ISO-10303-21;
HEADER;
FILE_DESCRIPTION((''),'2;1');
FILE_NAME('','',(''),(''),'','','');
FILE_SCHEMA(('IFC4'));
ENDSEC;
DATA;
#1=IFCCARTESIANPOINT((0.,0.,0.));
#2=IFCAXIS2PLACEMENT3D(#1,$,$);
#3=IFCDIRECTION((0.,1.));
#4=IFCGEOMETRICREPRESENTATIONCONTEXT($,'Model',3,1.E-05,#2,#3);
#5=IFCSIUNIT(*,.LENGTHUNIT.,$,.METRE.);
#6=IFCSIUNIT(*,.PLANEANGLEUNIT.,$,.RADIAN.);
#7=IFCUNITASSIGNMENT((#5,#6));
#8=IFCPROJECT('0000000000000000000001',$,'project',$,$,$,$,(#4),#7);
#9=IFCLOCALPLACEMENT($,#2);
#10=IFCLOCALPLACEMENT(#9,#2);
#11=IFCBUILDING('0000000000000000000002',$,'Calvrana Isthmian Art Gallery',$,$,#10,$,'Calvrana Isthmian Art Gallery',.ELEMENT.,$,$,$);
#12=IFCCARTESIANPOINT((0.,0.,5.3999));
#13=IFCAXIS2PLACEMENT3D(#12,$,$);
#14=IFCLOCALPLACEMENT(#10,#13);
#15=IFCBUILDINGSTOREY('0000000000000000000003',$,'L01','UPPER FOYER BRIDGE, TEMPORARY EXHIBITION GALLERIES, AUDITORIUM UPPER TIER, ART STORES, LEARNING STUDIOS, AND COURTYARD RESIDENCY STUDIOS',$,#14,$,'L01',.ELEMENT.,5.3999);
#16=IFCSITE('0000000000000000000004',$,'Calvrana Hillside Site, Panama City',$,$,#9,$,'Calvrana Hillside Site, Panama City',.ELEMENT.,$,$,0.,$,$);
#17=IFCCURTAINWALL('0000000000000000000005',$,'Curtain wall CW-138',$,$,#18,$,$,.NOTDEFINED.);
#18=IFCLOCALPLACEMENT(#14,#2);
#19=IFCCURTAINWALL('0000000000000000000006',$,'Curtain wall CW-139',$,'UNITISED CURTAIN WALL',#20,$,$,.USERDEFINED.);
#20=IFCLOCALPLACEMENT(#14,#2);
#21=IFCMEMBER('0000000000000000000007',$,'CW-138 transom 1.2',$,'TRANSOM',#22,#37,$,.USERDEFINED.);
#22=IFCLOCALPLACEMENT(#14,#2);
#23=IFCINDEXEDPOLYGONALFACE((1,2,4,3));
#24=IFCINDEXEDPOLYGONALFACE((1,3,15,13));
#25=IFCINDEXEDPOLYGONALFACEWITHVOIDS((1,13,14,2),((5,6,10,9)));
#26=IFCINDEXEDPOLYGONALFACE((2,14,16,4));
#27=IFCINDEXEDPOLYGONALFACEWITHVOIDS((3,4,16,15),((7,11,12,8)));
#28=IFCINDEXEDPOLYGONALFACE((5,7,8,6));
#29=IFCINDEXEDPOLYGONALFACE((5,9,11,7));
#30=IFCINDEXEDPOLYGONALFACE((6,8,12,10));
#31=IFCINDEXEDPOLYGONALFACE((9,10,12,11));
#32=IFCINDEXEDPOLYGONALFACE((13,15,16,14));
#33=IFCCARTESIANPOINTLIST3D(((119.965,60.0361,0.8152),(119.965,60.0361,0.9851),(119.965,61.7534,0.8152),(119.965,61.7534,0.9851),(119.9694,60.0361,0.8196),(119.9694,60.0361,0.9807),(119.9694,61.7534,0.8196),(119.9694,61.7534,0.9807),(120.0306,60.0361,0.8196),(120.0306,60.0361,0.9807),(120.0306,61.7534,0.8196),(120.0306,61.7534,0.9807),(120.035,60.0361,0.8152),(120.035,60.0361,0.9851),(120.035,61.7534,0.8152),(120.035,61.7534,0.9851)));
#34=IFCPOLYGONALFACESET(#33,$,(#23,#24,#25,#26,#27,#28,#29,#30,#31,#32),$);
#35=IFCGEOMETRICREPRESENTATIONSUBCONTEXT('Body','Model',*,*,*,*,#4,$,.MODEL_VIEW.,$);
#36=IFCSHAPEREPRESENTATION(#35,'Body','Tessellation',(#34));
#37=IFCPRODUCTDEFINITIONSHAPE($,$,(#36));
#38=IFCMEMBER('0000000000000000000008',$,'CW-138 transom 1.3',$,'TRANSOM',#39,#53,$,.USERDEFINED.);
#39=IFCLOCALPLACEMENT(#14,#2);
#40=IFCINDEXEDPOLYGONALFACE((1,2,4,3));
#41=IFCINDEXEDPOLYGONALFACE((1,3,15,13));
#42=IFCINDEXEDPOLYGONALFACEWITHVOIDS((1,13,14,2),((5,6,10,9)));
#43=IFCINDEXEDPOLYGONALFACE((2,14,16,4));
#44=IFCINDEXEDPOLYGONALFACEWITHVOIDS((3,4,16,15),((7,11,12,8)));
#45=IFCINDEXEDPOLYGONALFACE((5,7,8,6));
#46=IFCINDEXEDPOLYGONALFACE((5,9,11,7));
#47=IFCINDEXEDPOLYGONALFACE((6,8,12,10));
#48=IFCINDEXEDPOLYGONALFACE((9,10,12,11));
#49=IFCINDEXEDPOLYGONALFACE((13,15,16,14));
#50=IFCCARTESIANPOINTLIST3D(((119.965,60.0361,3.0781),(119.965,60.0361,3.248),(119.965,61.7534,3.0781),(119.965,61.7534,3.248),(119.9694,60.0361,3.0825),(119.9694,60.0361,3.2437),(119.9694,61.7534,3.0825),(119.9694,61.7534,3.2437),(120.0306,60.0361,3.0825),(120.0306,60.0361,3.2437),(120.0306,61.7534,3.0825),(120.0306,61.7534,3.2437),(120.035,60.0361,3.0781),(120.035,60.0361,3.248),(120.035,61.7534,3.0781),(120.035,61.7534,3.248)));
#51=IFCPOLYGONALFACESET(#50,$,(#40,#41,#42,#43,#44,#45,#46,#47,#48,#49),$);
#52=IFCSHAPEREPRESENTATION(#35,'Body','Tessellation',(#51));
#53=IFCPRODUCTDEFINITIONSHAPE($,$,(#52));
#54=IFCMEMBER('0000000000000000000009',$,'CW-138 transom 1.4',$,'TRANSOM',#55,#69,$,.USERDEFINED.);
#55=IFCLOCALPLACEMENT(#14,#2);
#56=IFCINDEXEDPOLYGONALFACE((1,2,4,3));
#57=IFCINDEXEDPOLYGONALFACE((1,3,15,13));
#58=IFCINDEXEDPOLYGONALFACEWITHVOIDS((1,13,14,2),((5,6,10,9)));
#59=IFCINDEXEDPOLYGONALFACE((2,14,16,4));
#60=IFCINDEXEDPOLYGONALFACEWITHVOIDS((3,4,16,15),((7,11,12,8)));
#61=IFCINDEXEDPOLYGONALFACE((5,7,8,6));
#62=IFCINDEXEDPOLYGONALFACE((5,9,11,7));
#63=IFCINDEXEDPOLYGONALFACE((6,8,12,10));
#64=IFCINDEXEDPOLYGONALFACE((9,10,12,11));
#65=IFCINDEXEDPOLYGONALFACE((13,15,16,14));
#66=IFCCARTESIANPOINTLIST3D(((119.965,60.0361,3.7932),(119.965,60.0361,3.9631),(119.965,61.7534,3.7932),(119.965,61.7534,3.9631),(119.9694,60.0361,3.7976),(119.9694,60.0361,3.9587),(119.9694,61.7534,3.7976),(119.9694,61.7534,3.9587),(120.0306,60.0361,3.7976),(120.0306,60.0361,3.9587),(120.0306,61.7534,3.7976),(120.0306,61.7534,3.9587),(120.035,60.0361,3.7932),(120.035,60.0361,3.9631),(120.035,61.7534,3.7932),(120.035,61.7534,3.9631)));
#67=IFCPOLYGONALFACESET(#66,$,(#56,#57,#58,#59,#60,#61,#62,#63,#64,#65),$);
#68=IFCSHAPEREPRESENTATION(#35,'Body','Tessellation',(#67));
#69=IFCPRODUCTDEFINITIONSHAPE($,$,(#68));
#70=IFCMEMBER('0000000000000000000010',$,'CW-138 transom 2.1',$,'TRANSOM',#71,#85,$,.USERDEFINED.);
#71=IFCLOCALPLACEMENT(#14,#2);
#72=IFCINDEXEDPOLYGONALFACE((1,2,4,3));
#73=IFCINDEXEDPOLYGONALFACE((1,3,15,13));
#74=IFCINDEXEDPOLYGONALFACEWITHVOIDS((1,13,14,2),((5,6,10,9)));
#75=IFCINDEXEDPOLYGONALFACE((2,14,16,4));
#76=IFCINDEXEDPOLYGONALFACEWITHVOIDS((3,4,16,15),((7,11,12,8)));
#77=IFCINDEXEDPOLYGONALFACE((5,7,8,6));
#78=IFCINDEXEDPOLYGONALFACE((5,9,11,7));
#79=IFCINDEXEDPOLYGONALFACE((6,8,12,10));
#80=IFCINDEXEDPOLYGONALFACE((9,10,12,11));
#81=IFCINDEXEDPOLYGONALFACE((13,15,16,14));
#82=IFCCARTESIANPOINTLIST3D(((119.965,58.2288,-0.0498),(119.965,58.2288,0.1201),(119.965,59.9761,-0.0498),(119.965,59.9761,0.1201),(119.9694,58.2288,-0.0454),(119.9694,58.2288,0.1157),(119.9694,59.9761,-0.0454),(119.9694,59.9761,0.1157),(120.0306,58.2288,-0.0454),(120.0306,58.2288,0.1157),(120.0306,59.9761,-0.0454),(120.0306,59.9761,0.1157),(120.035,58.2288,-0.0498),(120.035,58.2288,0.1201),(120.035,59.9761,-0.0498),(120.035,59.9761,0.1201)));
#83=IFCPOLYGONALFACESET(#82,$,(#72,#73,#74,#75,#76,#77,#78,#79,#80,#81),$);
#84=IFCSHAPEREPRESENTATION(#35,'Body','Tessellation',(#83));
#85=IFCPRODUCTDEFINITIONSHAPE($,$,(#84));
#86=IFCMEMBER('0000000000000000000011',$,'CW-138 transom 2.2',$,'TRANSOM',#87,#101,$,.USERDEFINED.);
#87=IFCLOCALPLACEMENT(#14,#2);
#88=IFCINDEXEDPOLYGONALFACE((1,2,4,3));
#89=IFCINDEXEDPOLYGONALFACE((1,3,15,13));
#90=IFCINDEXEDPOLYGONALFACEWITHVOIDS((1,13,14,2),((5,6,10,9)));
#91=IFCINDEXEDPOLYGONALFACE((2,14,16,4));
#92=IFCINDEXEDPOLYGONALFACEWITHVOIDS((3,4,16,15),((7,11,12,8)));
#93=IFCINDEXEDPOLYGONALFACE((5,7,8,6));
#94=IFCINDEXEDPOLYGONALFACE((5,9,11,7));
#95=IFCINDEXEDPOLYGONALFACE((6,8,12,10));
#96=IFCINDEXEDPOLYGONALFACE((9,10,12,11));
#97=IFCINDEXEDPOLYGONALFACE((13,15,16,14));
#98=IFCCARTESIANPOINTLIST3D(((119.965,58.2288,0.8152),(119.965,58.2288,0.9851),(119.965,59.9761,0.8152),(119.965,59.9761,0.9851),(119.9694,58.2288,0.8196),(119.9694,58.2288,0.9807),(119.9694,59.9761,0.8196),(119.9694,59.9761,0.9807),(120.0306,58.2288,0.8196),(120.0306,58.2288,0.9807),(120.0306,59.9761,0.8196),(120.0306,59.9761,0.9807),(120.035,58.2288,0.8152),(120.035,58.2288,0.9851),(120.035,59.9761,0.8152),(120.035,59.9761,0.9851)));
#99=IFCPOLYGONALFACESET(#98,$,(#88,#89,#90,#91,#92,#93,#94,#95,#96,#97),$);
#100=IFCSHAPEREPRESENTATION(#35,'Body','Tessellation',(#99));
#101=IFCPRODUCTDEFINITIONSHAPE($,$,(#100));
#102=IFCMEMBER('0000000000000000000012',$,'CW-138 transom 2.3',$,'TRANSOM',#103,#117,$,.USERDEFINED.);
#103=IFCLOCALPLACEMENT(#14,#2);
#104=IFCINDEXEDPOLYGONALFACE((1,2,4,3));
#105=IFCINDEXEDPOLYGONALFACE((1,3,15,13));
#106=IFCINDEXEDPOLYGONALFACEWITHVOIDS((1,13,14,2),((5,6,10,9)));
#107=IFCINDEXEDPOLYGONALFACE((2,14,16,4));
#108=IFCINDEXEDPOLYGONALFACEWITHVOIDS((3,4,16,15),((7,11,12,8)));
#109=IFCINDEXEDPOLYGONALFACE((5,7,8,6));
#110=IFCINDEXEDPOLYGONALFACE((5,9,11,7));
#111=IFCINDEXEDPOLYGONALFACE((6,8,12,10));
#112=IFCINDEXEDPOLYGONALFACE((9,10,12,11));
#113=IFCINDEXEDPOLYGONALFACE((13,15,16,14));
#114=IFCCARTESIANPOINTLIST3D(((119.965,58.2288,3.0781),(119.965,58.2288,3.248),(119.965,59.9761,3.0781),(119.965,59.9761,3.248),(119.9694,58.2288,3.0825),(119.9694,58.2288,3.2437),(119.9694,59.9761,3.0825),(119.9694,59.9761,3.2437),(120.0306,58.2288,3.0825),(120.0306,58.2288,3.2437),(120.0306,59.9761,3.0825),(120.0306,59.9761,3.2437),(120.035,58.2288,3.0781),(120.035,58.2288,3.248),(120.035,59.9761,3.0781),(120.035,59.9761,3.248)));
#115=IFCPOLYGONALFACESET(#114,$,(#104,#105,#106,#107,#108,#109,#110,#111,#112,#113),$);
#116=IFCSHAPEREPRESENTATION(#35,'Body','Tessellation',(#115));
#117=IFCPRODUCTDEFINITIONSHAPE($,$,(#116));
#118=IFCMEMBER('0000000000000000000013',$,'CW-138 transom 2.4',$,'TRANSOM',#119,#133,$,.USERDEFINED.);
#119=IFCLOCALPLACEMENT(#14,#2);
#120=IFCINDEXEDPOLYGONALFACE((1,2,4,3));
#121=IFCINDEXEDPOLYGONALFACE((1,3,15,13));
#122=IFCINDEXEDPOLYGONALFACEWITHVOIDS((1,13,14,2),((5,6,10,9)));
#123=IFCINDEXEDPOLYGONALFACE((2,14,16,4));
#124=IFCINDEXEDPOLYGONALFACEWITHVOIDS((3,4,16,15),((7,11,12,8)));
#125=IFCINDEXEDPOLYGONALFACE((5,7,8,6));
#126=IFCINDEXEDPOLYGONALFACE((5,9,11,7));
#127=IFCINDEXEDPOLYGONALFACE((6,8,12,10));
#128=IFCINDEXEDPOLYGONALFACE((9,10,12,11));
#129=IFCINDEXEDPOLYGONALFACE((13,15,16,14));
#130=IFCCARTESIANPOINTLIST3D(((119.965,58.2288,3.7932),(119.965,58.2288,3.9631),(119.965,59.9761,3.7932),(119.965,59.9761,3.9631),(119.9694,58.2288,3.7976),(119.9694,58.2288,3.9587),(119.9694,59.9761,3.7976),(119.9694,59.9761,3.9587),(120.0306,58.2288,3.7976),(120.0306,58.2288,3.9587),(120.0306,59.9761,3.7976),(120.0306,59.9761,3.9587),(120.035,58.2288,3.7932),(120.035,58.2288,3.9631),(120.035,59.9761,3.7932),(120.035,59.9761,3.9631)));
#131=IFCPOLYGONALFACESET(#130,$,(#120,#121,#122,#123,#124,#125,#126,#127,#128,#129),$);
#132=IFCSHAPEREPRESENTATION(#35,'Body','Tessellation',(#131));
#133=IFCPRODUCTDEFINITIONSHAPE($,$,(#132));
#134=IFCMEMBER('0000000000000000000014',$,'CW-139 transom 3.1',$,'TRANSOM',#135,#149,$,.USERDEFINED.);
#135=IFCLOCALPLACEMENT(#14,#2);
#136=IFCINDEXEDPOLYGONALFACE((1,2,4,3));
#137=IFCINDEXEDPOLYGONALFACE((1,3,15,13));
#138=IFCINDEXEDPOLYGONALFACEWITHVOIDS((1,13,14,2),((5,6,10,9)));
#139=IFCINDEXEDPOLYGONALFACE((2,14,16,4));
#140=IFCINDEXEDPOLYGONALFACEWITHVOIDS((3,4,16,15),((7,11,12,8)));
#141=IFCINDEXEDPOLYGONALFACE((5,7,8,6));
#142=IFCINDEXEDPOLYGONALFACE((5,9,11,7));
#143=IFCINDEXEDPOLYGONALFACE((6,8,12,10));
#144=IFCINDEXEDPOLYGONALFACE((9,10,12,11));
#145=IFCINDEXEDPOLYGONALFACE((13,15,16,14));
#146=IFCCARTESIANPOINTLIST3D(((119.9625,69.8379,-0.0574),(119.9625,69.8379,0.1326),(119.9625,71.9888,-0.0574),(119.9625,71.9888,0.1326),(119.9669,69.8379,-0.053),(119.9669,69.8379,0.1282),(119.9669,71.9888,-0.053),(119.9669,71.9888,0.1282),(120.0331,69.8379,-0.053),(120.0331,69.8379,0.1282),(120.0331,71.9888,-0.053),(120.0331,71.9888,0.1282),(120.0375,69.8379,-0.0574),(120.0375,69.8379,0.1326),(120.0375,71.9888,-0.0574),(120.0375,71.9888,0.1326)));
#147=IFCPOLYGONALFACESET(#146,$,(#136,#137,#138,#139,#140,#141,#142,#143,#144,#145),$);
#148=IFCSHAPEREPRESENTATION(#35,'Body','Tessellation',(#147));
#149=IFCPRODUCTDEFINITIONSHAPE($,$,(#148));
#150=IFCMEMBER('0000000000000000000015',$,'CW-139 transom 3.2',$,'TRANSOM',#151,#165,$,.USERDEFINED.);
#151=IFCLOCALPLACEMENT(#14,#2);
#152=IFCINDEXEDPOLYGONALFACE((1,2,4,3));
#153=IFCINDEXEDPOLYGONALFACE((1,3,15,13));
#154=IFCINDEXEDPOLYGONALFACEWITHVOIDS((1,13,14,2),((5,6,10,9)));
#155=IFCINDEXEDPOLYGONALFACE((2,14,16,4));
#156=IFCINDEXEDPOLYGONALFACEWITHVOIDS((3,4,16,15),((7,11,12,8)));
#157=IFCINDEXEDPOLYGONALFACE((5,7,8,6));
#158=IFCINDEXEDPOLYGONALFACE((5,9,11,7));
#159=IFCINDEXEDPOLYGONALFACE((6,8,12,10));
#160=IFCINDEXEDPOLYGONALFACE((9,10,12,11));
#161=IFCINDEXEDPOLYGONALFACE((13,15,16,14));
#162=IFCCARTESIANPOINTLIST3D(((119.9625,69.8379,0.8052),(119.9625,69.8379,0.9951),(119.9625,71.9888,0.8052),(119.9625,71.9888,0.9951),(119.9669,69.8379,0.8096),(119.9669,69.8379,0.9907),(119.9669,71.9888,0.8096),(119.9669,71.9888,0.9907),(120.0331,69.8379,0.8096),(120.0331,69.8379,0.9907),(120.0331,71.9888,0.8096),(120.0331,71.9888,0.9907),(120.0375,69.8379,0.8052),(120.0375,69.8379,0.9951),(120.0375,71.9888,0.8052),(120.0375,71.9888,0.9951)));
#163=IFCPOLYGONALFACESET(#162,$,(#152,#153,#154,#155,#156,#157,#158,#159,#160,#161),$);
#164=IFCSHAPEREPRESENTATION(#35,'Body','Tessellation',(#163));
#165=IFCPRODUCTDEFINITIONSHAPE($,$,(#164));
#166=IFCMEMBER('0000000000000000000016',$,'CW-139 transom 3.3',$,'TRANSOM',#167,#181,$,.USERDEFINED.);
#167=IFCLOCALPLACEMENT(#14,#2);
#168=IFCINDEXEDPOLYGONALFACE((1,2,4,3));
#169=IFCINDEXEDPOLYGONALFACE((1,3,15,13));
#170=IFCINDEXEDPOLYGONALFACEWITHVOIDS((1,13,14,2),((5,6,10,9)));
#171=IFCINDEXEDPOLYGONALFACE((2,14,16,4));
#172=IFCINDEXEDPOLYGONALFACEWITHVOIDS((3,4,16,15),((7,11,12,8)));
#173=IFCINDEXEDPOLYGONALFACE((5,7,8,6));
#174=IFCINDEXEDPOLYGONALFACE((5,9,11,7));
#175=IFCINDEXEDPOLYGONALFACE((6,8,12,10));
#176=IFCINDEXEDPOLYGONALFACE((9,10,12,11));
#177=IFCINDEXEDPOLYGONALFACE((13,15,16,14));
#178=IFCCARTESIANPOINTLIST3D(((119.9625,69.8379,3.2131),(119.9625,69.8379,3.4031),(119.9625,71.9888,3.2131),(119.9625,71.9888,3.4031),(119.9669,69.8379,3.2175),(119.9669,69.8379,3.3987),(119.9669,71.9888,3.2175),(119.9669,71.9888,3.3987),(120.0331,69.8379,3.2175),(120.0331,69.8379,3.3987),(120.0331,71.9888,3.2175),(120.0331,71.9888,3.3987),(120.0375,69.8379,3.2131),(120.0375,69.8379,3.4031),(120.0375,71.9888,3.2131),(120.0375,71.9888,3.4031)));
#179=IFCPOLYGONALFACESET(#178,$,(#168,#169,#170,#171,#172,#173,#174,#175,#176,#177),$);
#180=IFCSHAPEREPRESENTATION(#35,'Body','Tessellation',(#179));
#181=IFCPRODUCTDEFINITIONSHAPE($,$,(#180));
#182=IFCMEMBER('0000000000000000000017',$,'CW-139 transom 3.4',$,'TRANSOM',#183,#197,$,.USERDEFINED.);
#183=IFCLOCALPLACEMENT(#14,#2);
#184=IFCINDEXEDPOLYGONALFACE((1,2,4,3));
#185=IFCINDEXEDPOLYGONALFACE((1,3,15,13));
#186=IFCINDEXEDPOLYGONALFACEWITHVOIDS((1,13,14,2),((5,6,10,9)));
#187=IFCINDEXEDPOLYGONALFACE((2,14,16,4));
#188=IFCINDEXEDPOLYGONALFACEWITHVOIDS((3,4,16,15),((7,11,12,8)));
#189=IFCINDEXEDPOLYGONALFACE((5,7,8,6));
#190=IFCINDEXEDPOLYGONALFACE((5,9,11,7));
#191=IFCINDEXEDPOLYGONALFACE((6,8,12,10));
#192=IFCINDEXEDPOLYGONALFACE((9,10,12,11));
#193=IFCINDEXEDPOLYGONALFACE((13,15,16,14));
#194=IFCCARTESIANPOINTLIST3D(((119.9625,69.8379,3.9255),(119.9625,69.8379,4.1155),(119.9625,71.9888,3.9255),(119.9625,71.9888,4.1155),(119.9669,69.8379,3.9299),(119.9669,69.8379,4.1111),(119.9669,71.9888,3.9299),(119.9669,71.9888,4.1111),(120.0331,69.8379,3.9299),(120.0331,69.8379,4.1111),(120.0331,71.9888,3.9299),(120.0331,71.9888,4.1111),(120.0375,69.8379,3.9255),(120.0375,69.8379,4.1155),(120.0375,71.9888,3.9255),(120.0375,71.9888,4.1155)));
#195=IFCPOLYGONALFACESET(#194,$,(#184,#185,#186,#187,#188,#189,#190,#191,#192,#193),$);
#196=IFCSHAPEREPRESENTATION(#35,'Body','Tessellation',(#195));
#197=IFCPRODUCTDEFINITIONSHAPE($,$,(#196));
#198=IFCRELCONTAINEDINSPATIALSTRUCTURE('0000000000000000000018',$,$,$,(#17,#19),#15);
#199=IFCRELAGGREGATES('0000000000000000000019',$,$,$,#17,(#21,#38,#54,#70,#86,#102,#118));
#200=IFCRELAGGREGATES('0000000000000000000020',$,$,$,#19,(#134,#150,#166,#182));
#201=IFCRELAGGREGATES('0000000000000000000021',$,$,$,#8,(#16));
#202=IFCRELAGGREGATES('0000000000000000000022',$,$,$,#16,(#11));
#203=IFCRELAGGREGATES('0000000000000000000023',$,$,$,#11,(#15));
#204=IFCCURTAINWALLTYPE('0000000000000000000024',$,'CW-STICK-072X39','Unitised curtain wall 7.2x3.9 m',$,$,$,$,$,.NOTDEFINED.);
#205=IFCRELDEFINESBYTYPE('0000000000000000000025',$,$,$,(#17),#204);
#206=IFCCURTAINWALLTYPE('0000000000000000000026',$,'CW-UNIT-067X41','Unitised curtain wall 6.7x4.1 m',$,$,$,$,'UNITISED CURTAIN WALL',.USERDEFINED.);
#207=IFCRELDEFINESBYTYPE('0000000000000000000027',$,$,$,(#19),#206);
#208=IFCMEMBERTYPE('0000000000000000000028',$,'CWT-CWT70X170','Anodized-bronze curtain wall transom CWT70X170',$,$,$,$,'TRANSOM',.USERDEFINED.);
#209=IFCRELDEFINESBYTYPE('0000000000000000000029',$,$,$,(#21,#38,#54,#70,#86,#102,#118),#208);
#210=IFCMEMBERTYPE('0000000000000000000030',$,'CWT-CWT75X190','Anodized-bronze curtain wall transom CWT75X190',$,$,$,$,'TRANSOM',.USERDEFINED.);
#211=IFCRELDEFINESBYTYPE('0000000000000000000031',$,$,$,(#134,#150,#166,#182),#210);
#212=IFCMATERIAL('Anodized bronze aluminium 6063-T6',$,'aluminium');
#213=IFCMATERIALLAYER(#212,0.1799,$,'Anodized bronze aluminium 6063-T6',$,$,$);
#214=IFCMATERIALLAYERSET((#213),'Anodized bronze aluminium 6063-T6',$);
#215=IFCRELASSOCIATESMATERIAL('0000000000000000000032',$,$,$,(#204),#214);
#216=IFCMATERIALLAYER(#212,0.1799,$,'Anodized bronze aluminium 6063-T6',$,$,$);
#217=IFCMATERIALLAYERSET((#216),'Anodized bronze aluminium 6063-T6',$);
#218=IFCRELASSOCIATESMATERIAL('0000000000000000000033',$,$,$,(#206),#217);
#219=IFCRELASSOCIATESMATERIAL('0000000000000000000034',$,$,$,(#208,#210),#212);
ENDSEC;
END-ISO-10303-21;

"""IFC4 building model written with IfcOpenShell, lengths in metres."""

from ifc_helpers import new_model, si_unit, direction, frame, origin, origin_2d, place, context, subcontext, project, spatial, hollow_rectangle, extrude, material, layer, layer_set, material_profile, profile_set, type_object, element, aggregate, save


model = new_model("IFC4")

# Units and contexts
model_context = context("Model", 3, precision=1e-05, world=origin(), true_north=direction((0.0, 1.0)))
body_context = subcontext(model_context, "Body", "Model", "MODEL_VIEW")
ifc_project = project(units=[si_unit("LENGTHUNIT", "METRE"), si_unit("PLANEANGLEUNIT", "RADIAN")], contexts=[model_context])

# Site, building, storey
site_placement = place(None, origin())
site = spatial("IfcSite", under=ifc_project, at=site_placement, Name="Calvrana Hillside Site, Panama City", LongName="Calvrana Hillside Site, Panama City", CompositionType="ELEMENT", RefElevation=0.0)
building_placement = place(site_placement, origin())
building = spatial("IfcBuilding", under=site, at=building_placement, Name="Calvrana Isthmian Art Gallery", LongName="Calvrana Isthmian Art Gallery", CompositionType="ELEMENT")
storey_placement = place(building_placement, frame((0.0, 0.0, 5.3999)))
storey = spatial("IfcBuildingStorey", under=building, at=storey_placement, Name="L01", Description="UPPER FOYER BRIDGE, TEMPORARY EXHIBITION GALLERIES, AUDITORIUM UPPER TIER, ART STORES, LEARNING STUDIOS, AND COURTYARD RESIDENCY STUDIOS", LongName="L01", CompositionType="ELEMENT", Elevation=5.3999)

# Curtain wall
ifc_material_1 = material(Name="Anodized bronze aluminium 6063-T6", Category="aluminium")
ifc_layer_1 = layer(ifc_material_1, 0.1799, Name="Anodized bronze aluminium 6063-T6")
ifc_layer_set_1 = layer_set([ifc_layer_1], Name="Anodized bronze aluminium 6063-T6")
curtain_wall_type_1 = type_object("IfcCurtainWallType", Name="CW-STICK-072X39", Description="Unitised curtain wall 7.2x3.9 m", PredefinedType="NOTDEFINED", material=ifc_layer_set_1)
curtain_wall_1_placement = place(storey_placement, origin())
curtain_wall_1 = element("IfcCurtainWall", 1, at=curtain_wall_1_placement, inside=storey, type_object=curtain_wall_type_1, Name="Curtain wall CW-138", PredefinedType="NOTDEFINED")

# Curtain wall
ifc_layer_2 = layer(ifc_material_1, 0.1799, Name="Anodized bronze aluminium 6063-T6")
ifc_layer_set_2 = layer_set([ifc_layer_2], Name="Anodized bronze aluminium 6063-T6")
curtain_wall_type_2 = type_object("IfcCurtainWallType", Name="CW-UNIT-067X41", Description="Unitised curtain wall 6.7x4.1 m", ElementType="UNITISED CURTAIN WALL", PredefinedType="USERDEFINED", material=ifc_layer_set_2)
curtain_wall_2_placement = place(storey_placement, origin())
curtain_wall_2 = element("IfcCurtainWall", 2, at=curtain_wall_2_placement, inside=storey, type_object=curtain_wall_type_2, Name="Curtain wall CW-139", ObjectType="UNITISED CURTAIN WALL", PredefinedType="USERDEFINED")

# Members
ifc_material_profile_1 = material_profile(ifc_material_1, hollow_rectangle(XDim=0.0701, YDim=0.1699, WallThickness=0.0044, at=origin_2d()), Name="CWT70X170")
ifc_profile_set_1 = profile_set([ifc_material_profile_1], Name="Anodized bronze aluminium 6063-T6")
member_type_1 = type_object("IfcMemberType", Name="CWT-CWT70X170", Description="Anodized-bronze curtain wall transom CWT70X170", ElementType="TRANSOM", PredefinedType="USERDEFINED", material=ifc_profile_set_1)
member_1_placement = place(storey_placement, frame((120.0, 61.7534, 0.9001), z_axis=(0.0, -1.0, 0.0), x_axis=(1.0, 0.0, 0.0)))
member_1 = element("IfcMember", 3, at=member_1_placement, type_object=member_type_1, Name="CW-138 transom 1.2", ObjectType="TRANSOM", PredefinedType="USERDEFINED", context=body_context, shape_type="SweptSolid", body=[
    extrude(hollow_rectangle(XDim=0.0701, YDim=0.1699, WallThickness=0.0044, at=origin_2d()), origin(), (0.0, 0.0, 1.0), 1.7173),
])
member_2_placement = place(storey_placement, frame((120.0, 61.7534, 3.1631), z_axis=(0.0, -1.0, 0.0), x_axis=(1.0, 0.0, 0.0)))
member_2 = element("IfcMember", 4, at=member_2_placement, type_object=member_type_1, Name="CW-138 transom 1.3", ObjectType="TRANSOM", PredefinedType="USERDEFINED", context=body_context, shape_type="SweptSolid", body=[
    extrude(hollow_rectangle(XDim=0.0701, YDim=0.1699, WallThickness=0.0044, at=origin_2d()), origin(), (0.0, 0.0, 1.0), 1.7173),
])
member_3_placement = place(storey_placement, frame((120.0, 61.7534, 3.8782), z_axis=(0.0, -1.0, 0.0), x_axis=(1.0, 0.0, 0.0)))
member_3 = element("IfcMember", 5, at=member_3_placement, type_object=member_type_1, Name="CW-138 transom 1.4", ObjectType="TRANSOM", PredefinedType="USERDEFINED", context=body_context, shape_type="SweptSolid", body=[
    extrude(hollow_rectangle(XDim=0.0701, YDim=0.1699, WallThickness=0.0044, at=origin_2d()), origin(), (0.0, 0.0, 1.0), 1.7173),
])
member_4_placement = place(storey_placement, frame((120.0, 59.9761, 0.0352), z_axis=(0.0, -1.0, 0.0), x_axis=(1.0, 0.0, 0.0)))
member_4 = element("IfcMember", 6, at=member_4_placement, type_object=member_type_1, Name="CW-138 transom 2.1", ObjectType="TRANSOM", PredefinedType="USERDEFINED", context=body_context, shape_type="SweptSolid", body=[
    extrude(hollow_rectangle(XDim=0.0701, YDim=0.1699, WallThickness=0.0044, at=origin_2d()), origin(), (0.0, 0.0, 1.0), 1.7473),
])
member_5_placement = place(storey_placement, frame((120.0, 59.9761, 0.9001), z_axis=(0.0, -1.0, 0.0), x_axis=(1.0, 0.0, 0.0)))
member_5 = element("IfcMember", 7, at=member_5_placement, type_object=member_type_1, Name="CW-138 transom 2.2", ObjectType="TRANSOM", PredefinedType="USERDEFINED", context=body_context, shape_type="SweptSolid", body=[
    extrude(hollow_rectangle(XDim=0.0701, YDim=0.1699, WallThickness=0.0044, at=origin_2d()), origin(), (0.0, 0.0, 1.0), 1.7473),
])
member_6_placement = place(storey_placement, frame((120.0, 59.9761, 3.1631), z_axis=(0.0, -1.0, 0.0), x_axis=(1.0, 0.0, 0.0)))
member_6 = element("IfcMember", 8, at=member_6_placement, type_object=member_type_1, Name="CW-138 transom 2.3", ObjectType="TRANSOM", PredefinedType="USERDEFINED", context=body_context, shape_type="SweptSolid", body=[
    extrude(hollow_rectangle(XDim=0.0701, YDim=0.1699, WallThickness=0.0044, at=origin_2d()), origin(), (0.0, 0.0, 1.0), 1.7473),
])
member_7_placement = place(storey_placement, frame((120.0, 59.9761, 3.8782), z_axis=(0.0, -1.0, 0.0), x_axis=(1.0, 0.0, 0.0)))
member_7 = element("IfcMember", 9, at=member_7_placement, type_object=member_type_1, Name="CW-138 transom 2.4", ObjectType="TRANSOM", PredefinedType="USERDEFINED", context=body_context, shape_type="SweptSolid", body=[
    extrude(hollow_rectangle(XDim=0.0701, YDim=0.1699, WallThickness=0.0044, at=origin_2d()), origin(), (0.0, 0.0, 1.0), 1.7473),
])
ifc_material_profile_2 = material_profile(ifc_material_1, hollow_rectangle(XDim=0.075, YDim=0.1899, WallThickness=0.0044, at=origin_2d()), Name="CWT75X190")
ifc_profile_set_2 = profile_set([ifc_material_profile_2], Name="Anodized bronze aluminium 6063-T6")
member_type_2 = type_object("IfcMemberType", Name="CWT-CWT75X190", Description="Anodized-bronze curtain wall transom CWT75X190", ElementType="TRANSOM", PredefinedType="USERDEFINED", material=ifc_profile_set_2)
member_8_placement = place(storey_placement, frame((120.0, 71.9888, 0.0376), z_axis=(0.0, -1.0, 0.0), x_axis=(1.0, 0.0, 0.0)))
member_8 = element("IfcMember", 10, at=member_8_placement, type_object=member_type_2, Name="CW-139 transom 3.1", ObjectType="TRANSOM", PredefinedType="USERDEFINED", context=body_context, shape_type="SweptSolid", body=[
    extrude(hollow_rectangle(XDim=0.075, YDim=0.1899, WallThickness=0.0044, at=origin_2d()), origin(), (0.0, 0.0, 1.0), 2.1509),
])
member_9_placement = place(storey_placement, frame((120.0, 71.9888, 0.9001), z_axis=(0.0, -1.0, 0.0), x_axis=(1.0, 0.0, 0.0)))
member_9 = element("IfcMember", 11, at=member_9_placement, type_object=member_type_2, Name="CW-139 transom 3.2", ObjectType="TRANSOM", PredefinedType="USERDEFINED", context=body_context, shape_type="SweptSolid", body=[
    extrude(hollow_rectangle(XDim=0.075, YDim=0.1899, WallThickness=0.0044, at=origin_2d()), origin(), (0.0, 0.0, 1.0), 2.1509),
])
member_10_placement = place(storey_placement, frame((120.0, 71.9888, 3.3081), z_axis=(0.0, -1.0, 0.0), x_axis=(1.0, 0.0, 0.0)))
member_10 = element("IfcMember", 12, at=member_10_placement, type_object=member_type_2, Name="CW-139 transom 3.3", ObjectType="TRANSOM", PredefinedType="USERDEFINED", context=body_context, shape_type="SweptSolid", body=[
    extrude(hollow_rectangle(XDim=0.075, YDim=0.1899, WallThickness=0.0044, at=origin_2d()), origin(), (0.0, 0.0, 1.0), 2.1509),
])
member_11_placement = place(storey_placement, frame((120.0, 71.9888, 4.0205), z_axis=(0.0, -1.0, 0.0), x_axis=(1.0, 0.0, 0.0)))
member_11 = element("IfcMember", 13, at=member_11_placement, type_object=member_type_2, Name="CW-139 transom 3.4", ObjectType="TRANSOM", PredefinedType="USERDEFINED", context=body_context, shape_type="SweptSolid", body=[
    extrude(hollow_rectangle(XDim=0.075, YDim=0.1899, WallThickness=0.0044, at=origin_2d()), origin(), (0.0, 0.0, 1.0), 2.1509),
])

aggregate(curtain_wall_1, [member_1, member_2, member_3, member_4, member_5, member_6, member_7])
aggregate(curtain_wall_2, [member_8, member_9, member_10, member_11])

save(model, "model.ifc")
